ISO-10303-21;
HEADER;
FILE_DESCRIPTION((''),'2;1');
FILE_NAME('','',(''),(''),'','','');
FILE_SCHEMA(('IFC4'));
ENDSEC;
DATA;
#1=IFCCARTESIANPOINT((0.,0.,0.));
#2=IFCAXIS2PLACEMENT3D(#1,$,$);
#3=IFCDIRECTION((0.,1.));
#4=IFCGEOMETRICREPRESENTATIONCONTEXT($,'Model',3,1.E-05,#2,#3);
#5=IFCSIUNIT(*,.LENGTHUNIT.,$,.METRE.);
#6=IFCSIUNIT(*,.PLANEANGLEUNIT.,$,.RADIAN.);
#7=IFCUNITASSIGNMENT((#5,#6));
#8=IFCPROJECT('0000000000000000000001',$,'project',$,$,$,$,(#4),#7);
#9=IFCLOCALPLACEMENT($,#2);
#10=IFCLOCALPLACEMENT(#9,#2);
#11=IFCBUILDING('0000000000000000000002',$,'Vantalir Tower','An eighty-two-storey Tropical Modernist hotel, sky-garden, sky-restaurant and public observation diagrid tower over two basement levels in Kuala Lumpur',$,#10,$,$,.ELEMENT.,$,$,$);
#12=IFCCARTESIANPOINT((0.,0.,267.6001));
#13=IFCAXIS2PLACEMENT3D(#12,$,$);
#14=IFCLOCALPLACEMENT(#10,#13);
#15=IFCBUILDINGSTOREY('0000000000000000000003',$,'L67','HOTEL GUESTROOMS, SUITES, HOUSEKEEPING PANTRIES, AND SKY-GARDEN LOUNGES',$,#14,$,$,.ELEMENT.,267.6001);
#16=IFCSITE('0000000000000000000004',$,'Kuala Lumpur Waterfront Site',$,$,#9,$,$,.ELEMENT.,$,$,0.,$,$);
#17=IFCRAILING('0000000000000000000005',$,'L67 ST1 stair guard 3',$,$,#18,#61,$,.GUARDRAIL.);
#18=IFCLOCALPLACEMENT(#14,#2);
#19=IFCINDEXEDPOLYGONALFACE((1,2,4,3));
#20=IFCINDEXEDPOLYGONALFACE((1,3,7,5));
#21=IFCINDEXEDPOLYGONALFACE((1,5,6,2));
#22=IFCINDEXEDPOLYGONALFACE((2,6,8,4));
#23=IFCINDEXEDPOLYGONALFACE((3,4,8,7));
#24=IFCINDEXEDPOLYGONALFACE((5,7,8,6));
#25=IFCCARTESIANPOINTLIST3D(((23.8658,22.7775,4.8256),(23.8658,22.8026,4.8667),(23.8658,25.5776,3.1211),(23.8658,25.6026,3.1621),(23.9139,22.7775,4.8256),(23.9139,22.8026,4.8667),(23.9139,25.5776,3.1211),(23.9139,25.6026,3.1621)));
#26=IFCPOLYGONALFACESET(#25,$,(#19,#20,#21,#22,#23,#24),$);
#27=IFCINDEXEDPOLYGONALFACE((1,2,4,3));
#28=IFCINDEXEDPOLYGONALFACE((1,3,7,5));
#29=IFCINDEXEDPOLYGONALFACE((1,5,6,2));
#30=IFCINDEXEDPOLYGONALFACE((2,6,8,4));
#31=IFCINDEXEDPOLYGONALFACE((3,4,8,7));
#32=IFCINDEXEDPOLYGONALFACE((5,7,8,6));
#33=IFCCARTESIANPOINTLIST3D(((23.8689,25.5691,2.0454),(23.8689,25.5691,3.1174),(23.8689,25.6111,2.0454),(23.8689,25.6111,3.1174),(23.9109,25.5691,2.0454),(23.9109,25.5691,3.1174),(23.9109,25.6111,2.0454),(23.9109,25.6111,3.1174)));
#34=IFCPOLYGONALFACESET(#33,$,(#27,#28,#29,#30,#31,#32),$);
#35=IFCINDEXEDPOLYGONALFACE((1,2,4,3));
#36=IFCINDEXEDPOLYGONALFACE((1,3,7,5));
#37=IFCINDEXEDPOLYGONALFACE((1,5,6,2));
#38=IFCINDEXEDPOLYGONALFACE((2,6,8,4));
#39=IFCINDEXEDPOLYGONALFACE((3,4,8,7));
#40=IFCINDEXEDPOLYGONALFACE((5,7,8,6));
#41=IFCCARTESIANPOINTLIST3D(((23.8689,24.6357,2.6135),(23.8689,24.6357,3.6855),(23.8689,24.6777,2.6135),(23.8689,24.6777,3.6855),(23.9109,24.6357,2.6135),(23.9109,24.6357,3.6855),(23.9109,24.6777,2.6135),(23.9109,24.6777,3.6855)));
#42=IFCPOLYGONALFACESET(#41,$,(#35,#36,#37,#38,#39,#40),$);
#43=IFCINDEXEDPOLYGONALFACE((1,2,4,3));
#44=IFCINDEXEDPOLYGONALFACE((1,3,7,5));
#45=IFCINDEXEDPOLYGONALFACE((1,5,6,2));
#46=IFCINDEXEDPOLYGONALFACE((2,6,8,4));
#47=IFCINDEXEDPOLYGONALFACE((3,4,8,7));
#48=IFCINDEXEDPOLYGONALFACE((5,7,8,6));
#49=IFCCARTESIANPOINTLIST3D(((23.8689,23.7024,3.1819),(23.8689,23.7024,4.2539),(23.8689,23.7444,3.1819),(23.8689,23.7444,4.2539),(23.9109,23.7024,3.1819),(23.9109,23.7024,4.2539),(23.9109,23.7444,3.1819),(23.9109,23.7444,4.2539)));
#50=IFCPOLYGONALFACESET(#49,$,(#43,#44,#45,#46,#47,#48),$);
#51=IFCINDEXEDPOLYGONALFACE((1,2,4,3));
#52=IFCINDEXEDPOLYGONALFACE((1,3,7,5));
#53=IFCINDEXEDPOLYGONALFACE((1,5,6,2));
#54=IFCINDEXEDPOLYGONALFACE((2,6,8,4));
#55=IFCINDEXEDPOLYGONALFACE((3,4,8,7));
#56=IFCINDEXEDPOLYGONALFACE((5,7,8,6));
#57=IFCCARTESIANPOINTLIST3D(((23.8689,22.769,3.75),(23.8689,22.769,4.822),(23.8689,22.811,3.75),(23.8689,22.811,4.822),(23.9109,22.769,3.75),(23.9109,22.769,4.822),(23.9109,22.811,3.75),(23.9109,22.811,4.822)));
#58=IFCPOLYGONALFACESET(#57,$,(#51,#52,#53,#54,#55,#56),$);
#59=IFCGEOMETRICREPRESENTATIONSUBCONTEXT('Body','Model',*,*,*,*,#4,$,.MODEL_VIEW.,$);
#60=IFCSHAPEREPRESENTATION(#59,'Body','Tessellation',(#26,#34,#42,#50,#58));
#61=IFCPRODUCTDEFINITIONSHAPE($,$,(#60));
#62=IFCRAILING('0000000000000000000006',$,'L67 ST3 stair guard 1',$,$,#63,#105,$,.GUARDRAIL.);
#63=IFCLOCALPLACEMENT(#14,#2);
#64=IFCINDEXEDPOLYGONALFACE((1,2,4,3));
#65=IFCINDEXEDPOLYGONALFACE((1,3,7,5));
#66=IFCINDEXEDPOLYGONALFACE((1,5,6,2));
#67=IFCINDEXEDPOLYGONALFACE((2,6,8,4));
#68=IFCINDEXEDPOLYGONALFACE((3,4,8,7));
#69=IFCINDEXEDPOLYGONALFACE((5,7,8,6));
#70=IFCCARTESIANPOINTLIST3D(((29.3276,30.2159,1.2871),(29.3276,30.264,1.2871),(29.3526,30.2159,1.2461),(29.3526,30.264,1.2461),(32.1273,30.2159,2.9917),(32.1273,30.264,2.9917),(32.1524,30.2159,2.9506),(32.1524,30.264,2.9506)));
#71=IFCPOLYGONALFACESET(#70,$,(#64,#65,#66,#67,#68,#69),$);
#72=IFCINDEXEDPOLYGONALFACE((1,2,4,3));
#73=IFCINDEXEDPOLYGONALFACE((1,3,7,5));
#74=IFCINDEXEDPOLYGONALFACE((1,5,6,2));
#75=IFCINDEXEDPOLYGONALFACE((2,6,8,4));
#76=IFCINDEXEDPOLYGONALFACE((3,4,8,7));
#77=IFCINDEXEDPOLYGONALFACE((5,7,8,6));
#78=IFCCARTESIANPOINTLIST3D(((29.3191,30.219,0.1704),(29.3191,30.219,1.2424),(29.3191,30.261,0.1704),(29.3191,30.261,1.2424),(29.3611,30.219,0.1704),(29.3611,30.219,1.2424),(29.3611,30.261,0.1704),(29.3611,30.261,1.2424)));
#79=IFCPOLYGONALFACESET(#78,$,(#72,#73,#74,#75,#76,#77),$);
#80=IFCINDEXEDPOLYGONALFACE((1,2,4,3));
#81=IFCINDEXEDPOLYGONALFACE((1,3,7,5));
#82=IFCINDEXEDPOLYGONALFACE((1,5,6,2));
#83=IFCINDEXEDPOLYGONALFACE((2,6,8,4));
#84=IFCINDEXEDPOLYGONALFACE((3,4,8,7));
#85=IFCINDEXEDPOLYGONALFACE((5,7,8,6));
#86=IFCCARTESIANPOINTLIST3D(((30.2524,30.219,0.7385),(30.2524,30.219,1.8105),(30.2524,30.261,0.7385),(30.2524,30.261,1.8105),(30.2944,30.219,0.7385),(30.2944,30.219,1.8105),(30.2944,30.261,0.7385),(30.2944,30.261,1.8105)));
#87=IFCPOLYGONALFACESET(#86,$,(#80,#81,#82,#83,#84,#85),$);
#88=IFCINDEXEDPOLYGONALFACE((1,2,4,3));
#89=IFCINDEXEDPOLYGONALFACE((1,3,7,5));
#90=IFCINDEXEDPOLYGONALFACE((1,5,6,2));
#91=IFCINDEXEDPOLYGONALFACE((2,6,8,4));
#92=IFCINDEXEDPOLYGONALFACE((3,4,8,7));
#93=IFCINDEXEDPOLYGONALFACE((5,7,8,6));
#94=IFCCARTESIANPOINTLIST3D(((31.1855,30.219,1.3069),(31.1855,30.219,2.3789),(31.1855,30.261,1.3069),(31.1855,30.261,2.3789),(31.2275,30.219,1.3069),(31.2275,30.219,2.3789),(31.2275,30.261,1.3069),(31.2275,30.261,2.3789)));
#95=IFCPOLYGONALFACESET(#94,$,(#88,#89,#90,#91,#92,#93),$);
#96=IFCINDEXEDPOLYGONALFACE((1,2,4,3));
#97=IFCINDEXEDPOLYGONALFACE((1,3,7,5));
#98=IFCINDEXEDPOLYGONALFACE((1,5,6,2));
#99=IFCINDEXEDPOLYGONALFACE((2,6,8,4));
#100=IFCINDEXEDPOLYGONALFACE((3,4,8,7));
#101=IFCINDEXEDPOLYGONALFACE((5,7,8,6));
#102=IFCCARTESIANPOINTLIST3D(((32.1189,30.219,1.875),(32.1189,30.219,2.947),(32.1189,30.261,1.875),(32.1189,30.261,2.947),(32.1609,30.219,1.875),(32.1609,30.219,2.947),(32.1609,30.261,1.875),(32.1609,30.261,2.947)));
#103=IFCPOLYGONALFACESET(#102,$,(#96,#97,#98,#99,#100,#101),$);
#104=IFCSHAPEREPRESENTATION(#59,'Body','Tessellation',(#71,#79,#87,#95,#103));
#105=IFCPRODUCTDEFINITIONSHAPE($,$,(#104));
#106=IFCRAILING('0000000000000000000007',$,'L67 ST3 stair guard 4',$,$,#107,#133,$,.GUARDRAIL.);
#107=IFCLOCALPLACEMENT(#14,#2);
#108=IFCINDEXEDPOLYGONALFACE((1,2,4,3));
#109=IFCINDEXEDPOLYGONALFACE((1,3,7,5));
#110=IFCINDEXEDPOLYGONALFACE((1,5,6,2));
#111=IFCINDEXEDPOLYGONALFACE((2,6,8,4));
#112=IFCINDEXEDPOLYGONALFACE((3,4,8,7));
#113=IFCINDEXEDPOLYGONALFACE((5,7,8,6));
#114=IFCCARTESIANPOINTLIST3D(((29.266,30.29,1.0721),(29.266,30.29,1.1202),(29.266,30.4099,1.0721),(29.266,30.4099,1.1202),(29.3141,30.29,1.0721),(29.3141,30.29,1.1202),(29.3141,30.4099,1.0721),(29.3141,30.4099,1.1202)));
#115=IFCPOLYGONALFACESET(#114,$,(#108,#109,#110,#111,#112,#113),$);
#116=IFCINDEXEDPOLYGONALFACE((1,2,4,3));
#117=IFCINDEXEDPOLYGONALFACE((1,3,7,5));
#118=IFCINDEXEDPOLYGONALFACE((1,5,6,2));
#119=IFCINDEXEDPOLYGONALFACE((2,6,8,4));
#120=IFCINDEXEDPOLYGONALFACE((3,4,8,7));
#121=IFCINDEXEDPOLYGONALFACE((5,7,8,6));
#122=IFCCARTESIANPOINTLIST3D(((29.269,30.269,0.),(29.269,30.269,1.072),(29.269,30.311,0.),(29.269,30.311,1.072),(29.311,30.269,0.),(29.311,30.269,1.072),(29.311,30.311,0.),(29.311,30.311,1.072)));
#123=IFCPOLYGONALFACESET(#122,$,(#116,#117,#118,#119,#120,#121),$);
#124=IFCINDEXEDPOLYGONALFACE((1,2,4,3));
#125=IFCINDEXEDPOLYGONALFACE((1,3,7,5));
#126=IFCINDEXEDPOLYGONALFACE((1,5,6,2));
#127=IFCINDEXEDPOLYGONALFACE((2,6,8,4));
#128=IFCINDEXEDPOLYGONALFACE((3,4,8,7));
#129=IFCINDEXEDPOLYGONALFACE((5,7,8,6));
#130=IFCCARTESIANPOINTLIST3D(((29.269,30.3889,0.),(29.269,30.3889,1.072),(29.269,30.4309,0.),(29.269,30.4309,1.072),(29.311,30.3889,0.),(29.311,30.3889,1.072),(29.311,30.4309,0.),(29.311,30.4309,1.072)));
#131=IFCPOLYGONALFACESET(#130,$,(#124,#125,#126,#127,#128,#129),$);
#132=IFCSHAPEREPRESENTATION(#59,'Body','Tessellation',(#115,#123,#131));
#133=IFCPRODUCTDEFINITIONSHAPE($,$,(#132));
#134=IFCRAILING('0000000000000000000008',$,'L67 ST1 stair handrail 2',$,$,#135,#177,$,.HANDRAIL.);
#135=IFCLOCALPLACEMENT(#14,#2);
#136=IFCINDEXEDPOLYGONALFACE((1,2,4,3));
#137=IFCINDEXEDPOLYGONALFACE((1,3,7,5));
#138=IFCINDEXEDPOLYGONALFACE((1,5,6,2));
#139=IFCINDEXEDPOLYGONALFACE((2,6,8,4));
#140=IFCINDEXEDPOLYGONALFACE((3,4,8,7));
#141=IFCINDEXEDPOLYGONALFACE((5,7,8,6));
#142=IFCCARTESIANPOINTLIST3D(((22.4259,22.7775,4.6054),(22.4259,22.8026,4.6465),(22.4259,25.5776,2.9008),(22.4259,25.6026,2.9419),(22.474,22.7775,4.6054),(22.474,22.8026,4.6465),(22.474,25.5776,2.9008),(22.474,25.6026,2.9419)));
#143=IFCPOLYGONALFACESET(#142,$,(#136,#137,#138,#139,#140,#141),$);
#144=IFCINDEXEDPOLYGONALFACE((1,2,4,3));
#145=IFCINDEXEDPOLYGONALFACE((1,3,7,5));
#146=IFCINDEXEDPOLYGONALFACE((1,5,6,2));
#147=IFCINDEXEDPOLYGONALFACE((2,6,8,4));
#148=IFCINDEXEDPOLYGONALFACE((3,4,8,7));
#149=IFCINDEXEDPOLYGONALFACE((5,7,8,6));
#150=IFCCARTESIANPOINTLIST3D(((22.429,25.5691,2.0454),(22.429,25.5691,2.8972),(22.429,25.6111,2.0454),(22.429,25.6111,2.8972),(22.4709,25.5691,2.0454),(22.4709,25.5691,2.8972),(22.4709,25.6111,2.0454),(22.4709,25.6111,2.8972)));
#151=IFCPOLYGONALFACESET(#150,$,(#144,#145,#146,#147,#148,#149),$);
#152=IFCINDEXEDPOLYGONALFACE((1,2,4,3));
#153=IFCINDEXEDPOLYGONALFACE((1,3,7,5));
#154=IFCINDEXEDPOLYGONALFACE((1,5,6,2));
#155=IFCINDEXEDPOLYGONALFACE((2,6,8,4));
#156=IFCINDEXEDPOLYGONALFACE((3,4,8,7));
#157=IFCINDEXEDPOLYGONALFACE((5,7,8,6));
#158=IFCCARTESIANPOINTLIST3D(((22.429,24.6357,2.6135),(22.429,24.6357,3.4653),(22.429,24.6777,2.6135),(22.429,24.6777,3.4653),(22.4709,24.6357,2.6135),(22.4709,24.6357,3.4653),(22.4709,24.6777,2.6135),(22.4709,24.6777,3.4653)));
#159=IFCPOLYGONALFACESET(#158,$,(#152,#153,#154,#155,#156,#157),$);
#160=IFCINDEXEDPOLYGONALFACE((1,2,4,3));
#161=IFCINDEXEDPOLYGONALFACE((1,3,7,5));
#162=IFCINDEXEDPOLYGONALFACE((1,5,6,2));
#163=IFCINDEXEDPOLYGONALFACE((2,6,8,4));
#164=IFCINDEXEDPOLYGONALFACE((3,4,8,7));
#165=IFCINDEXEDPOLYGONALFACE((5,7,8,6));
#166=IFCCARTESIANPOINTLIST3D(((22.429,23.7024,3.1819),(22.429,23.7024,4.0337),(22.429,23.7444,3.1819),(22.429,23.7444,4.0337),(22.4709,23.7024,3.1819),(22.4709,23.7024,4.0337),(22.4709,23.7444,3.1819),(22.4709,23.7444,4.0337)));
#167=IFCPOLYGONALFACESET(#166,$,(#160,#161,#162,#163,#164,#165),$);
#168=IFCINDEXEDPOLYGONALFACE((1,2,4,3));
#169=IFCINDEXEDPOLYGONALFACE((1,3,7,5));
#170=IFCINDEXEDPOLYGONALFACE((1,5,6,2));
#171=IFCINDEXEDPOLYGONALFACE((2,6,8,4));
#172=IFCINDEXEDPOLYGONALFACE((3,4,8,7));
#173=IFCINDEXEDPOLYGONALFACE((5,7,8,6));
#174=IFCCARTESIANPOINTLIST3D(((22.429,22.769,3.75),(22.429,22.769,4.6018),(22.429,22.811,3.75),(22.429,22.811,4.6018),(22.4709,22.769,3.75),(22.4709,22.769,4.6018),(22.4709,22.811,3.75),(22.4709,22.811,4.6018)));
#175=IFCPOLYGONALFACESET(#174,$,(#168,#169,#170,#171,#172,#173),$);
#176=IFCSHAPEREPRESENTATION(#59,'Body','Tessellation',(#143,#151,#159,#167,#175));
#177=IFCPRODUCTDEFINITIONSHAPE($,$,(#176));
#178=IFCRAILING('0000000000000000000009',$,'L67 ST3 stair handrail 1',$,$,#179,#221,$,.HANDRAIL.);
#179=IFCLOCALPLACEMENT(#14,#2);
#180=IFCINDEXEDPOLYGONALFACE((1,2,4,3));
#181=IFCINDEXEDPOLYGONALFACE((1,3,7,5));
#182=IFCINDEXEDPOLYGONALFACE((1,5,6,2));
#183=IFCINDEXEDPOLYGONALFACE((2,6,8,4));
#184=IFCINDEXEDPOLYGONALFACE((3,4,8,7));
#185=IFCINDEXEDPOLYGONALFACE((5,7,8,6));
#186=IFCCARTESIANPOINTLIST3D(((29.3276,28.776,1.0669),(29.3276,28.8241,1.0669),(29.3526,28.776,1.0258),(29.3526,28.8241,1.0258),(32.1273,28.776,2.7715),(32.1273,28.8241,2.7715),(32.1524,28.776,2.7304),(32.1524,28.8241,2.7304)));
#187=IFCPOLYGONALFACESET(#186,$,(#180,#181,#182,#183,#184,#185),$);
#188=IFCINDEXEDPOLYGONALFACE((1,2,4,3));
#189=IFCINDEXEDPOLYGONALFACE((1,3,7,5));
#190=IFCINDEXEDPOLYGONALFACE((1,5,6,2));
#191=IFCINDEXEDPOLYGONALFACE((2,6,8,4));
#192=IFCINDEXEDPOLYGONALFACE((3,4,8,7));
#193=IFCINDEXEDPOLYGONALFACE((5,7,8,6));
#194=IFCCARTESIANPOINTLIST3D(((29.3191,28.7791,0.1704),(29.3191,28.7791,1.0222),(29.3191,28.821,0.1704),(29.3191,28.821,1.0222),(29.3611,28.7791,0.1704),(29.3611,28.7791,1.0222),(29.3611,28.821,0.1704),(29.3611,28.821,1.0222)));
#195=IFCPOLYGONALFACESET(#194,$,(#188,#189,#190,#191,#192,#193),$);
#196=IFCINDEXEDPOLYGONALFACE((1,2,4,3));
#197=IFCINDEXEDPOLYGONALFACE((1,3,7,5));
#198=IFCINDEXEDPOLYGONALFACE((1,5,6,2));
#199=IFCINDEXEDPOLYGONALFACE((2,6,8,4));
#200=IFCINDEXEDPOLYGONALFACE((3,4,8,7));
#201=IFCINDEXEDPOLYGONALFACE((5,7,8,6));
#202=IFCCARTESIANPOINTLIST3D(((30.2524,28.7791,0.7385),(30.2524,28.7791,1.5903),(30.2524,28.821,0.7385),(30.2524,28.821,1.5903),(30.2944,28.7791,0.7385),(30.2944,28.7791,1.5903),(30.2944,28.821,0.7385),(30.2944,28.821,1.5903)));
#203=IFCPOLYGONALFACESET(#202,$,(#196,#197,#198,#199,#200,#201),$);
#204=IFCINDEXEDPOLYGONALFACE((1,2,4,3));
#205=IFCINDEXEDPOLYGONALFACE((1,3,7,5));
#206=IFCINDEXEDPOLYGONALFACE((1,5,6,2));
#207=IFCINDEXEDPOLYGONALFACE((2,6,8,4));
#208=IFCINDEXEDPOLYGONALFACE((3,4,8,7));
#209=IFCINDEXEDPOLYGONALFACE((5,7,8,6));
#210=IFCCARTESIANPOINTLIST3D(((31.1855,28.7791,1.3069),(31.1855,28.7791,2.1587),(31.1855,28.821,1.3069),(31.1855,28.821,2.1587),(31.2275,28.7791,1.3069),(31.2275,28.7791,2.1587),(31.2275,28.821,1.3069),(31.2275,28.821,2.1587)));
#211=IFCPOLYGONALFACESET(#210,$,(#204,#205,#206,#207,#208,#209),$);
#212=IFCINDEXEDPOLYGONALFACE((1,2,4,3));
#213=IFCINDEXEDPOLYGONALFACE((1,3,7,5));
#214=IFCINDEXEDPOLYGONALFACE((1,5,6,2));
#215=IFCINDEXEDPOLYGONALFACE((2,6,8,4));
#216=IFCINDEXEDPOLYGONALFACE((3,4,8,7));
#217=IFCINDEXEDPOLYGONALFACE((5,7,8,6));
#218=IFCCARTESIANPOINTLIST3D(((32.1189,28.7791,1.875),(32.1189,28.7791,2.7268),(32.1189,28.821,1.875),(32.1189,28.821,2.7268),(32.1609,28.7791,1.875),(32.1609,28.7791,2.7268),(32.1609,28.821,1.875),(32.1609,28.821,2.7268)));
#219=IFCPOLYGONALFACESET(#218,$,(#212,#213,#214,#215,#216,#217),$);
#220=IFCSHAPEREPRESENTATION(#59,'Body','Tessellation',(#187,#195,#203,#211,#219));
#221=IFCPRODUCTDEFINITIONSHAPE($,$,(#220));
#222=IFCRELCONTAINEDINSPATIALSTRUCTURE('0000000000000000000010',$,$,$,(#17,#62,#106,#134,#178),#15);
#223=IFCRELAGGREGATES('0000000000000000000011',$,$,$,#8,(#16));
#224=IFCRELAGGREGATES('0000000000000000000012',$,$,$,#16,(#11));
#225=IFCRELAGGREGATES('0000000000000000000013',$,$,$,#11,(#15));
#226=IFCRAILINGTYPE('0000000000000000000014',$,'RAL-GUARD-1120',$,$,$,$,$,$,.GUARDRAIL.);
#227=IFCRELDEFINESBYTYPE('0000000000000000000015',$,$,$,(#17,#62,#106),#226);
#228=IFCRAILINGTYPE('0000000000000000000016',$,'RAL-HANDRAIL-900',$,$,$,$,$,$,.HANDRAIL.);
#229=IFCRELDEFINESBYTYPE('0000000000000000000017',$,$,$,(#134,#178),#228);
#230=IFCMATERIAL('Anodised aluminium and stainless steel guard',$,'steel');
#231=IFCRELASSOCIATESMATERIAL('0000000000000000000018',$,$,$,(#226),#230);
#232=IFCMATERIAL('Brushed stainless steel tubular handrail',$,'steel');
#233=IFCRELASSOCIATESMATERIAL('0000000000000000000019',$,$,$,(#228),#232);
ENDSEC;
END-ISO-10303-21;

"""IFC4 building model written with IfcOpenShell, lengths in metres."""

from ifc_helpers import new_model, si_unit, direction, frame, origin, origin_2d, place, context, subcontext, project, spatial, rectangle, extrude, material, type_object, element, save


model = new_model("IFC4")

# Units and contexts
model_context = context("Model", 3, precision=1e-05, world=origin(), true_north=direction((0.0, 1.0)))
body_context = subcontext(model_context, "Body", "Model", "MODEL_VIEW")
ifc_project = project(units=[si_unit("LENGTHUNIT", "METRE"), si_unit("PLANEANGLEUNIT", "RADIAN")], contexts=[model_context])

# Site, building, storey
site_placement = place(None, origin())
site = spatial("IfcSite", under=ifc_project, at=site_placement, Name="Kuala Lumpur Waterfront Site", CompositionType="ELEMENT", RefElevation=0.0)
building_placement = place(site_placement, origin())
building = spatial("IfcBuilding", under=site, at=building_placement, Name="Vantalir Tower", Description="An eighty-two-storey Tropical Modernist hotel, sky-garden, sky-restaurant and public observation diagrid tower over two basement levels in Kuala Lumpur", CompositionType="ELEMENT")
storey_placement = place(building_placement, frame((0.0, 0.0, 267.6001)))
storey = spatial("IfcBuildingStorey", under=building, at=storey_placement, Name="L67", Description="HOTEL GUESTROOMS, SUITES, HOUSEKEEPING PANTRIES, AND SKY-GARDEN LOUNGES", CompositionType="ELEMENT", Elevation=267.6001)

# Railings
ifc_material_1 = material(Name="Anodised aluminium and stainless steel guard", Category="steel")
railing_type_1 = type_object("IfcRailingType", Name="RAL-GUARD-1120", PredefinedType="GUARDRAIL", material=ifc_material_1)
railing_1_placement = place(storey_placement, frame((23.8899, 25.5901, 2.0454)))
element("IfcRailing", 1, at=railing_1_placement, inside=storey, type_object=railing_type_1, Name="L67 ST1 stair guard 3", PredefinedType="GUARDRAIL", context=body_context, shape_type="SweptSolid", body=[
    extrude(rectangle(XDim=0.0481, YDim=0.0481, at=origin_2d()), frame((0.0, 0.0, 1.0962), z_axis=(0.0, -0.85417, 0.519994), x_axis=(1.0, 0.0, 0.0)), (0.0, 0.0, 1.0), 3.2781),
    extrude(rectangle(XDim=0.042, YDim=0.042, at=origin_2d()), origin(), (0.0, 0.0, 1.0), 1.072),
    extrude(rectangle(XDim=0.042, YDim=0.042, at=origin_2d()), frame((0.0, -0.9333, 0.5681)), (0.0, 0.0, 1.0), 1.072),
    extrude(rectangle(XDim=0.042, YDim=0.042, at=origin_2d()), frame((0.0, -1.8667, 1.1365)), (0.0, 0.0, 1.0), 1.072),
    extrude(rectangle(XDim=0.042, YDim=0.042, at=origin_2d()), frame((0.0, -2.8, 1.7046)), (0.0, 0.0, 1.0), 1.072),
])
railing_2_placement = place(storey_placement, frame((29.3401, 30.24, 0.1704)))
element("IfcRailing", 2, at=railing_2_placement, inside=storey, type_object=railing_type_1, Name="L67 ST3 stair guard 1", PredefinedType="GUARDRAIL", context=body_context, shape_type="SweptSolid", body=[
    extrude(rectangle(XDim=0.0481, YDim=0.0481, at=origin_2d()), frame((0.0, 0.0, 1.0962), z_axis=(0.85415, 0.0, 0.520027), x_axis=(0.0, 1.0, 0.0)), (0.0, 0.0, 1.0), 3.2778),
    extrude(rectangle(XDim=0.042, YDim=0.042, at=origin_2d()), origin(), (0.0, 0.0, 1.0), 1.072),
    extrude(rectangle(XDim=0.042, YDim=0.042, at=origin_2d()), frame((0.9333, 0.0, 0.5681)), (0.0, 0.0, 1.0), 1.072),
    extrude(rectangle(XDim=0.042, YDim=0.042, at=origin_2d()), frame((1.8665, 0.0, 1.1365)), (0.0, 0.0, 1.0), 1.072),
    extrude(rectangle(XDim=0.042, YDim=0.042, at=origin_2d()), frame((2.7998, 0.0, 1.7046)), (0.0, 0.0, 1.0), 1.072),
])
railing_3_placement = place(storey_placement, frame((29.29, 30.29, 0.0)))
element("IfcRailing", 3, at=railing_3_placement, inside=storey, type_object=railing_type_1, Name="L67 ST3 stair guard 4", PredefinedType="GUARDRAIL", context=body_context, shape_type="SweptSolid", body=[
    extrude(rectangle(XDim=0.0481, YDim=0.0481, at=origin_2d()), frame((0.0, 0.0, 1.0962), z_axis=(0.0, 1.0, 0.0), x_axis=(-1.0, 0.0, 0.0)), (0.0, 0.0, 1.0), 0.1199),
    extrude(rectangle(XDim=0.042, YDim=0.042, at=origin_2d()), origin(), (0.0, 0.0, 1.0), 1.072),
    extrude(rectangle(XDim=0.042, YDim=0.042, at=origin_2d()), frame((0.0, 0.1199, 0.0)), (0.0, 0.0, 1.0), 1.072),
])
ifc_material_2 = material(Name="Brushed stainless steel tubular handrail", Category="steel")
railing_type_2 = type_object("IfcRailingType", Name="RAL-HANDRAIL-900", PredefinedType="HANDRAIL", material=ifc_material_2)
railing_4_placement = place(storey_placement, frame((22.45, 25.5901, 2.0454)))
element("IfcRailing", 4, at=railing_4_placement, inside=storey, type_object=railing_type_2, Name="L67 ST1 stair handrail 2", PredefinedType="HANDRAIL", context=body_context, shape_type="SweptSolid", body=[
    extrude(rectangle(XDim=0.0481, YDim=0.0481, at=origin_2d()), frame((0.0, 0.0, 0.876), z_axis=(0.0, -0.85417, 0.519994), x_axis=(1.0, 0.0, 0.0)), (0.0, 0.0, 1.0), 3.2781),
    extrude(rectangle(XDim=0.042, YDim=0.042, at=origin_2d()), origin(), (0.0, 0.0, 1.0), 0.8518),
    extrude(rectangle(XDim=0.042, YDim=0.042, at=origin_2d()), frame((0.0, -0.9333, 0.5681)), (0.0, 0.0, 1.0), 0.8518),
    extrude(rectangle(XDim=0.042, YDim=0.042, at=origin_2d()), frame((0.0, -1.8667, 1.1365)), (0.0, 0.0, 1.0), 0.8518),
    extrude(rectangle(XDim=0.042, YDim=0.042, at=origin_2d()), frame((0.0, -2.8, 1.7046)), (0.0, 0.0, 1.0), 0.8518),
])
railing_5_placement = place(storey_placement, frame((29.3401, 28.8, 0.1704)))
element("IfcRailing", 5, at=railing_5_placement, inside=storey, type_object=railing_type_2, Name="L67 ST3 stair handrail 1", PredefinedType="HANDRAIL", context=body_context, shape_type="SweptSolid", body=[
    extrude(rectangle(XDim=0.0481, YDim=0.0481, at=origin_2d()), frame((0.0, 0.0, 0.876), z_axis=(0.85415, 0.0, 0.520027), x_axis=(0.0, 1.0, 0.0)), (0.0, 0.0, 1.0), 3.2778),
    extrude(rectangle(XDim=0.042, YDim=0.042, at=origin_2d()), origin(), (0.0, 0.0, 1.0), 0.8518),
    extrude(rectangle(XDim=0.042, YDim=0.042, at=origin_2d()), frame((0.9333, 0.0, 0.5681)), (0.0, 0.0, 1.0), 0.8518),
    extrude(rectangle(XDim=0.042, YDim=0.042, at=origin_2d()), frame((1.8665, 0.0, 1.1365)), (0.0, 0.0, 1.0), 0.8518),
    extrude(rectangle(XDim=0.042, YDim=0.042, at=origin_2d()), frame((2.7998, 0.0, 1.7046)), (0.0, 0.0, 1.0), 0.8518),
])

save(model, "model.ifc")
